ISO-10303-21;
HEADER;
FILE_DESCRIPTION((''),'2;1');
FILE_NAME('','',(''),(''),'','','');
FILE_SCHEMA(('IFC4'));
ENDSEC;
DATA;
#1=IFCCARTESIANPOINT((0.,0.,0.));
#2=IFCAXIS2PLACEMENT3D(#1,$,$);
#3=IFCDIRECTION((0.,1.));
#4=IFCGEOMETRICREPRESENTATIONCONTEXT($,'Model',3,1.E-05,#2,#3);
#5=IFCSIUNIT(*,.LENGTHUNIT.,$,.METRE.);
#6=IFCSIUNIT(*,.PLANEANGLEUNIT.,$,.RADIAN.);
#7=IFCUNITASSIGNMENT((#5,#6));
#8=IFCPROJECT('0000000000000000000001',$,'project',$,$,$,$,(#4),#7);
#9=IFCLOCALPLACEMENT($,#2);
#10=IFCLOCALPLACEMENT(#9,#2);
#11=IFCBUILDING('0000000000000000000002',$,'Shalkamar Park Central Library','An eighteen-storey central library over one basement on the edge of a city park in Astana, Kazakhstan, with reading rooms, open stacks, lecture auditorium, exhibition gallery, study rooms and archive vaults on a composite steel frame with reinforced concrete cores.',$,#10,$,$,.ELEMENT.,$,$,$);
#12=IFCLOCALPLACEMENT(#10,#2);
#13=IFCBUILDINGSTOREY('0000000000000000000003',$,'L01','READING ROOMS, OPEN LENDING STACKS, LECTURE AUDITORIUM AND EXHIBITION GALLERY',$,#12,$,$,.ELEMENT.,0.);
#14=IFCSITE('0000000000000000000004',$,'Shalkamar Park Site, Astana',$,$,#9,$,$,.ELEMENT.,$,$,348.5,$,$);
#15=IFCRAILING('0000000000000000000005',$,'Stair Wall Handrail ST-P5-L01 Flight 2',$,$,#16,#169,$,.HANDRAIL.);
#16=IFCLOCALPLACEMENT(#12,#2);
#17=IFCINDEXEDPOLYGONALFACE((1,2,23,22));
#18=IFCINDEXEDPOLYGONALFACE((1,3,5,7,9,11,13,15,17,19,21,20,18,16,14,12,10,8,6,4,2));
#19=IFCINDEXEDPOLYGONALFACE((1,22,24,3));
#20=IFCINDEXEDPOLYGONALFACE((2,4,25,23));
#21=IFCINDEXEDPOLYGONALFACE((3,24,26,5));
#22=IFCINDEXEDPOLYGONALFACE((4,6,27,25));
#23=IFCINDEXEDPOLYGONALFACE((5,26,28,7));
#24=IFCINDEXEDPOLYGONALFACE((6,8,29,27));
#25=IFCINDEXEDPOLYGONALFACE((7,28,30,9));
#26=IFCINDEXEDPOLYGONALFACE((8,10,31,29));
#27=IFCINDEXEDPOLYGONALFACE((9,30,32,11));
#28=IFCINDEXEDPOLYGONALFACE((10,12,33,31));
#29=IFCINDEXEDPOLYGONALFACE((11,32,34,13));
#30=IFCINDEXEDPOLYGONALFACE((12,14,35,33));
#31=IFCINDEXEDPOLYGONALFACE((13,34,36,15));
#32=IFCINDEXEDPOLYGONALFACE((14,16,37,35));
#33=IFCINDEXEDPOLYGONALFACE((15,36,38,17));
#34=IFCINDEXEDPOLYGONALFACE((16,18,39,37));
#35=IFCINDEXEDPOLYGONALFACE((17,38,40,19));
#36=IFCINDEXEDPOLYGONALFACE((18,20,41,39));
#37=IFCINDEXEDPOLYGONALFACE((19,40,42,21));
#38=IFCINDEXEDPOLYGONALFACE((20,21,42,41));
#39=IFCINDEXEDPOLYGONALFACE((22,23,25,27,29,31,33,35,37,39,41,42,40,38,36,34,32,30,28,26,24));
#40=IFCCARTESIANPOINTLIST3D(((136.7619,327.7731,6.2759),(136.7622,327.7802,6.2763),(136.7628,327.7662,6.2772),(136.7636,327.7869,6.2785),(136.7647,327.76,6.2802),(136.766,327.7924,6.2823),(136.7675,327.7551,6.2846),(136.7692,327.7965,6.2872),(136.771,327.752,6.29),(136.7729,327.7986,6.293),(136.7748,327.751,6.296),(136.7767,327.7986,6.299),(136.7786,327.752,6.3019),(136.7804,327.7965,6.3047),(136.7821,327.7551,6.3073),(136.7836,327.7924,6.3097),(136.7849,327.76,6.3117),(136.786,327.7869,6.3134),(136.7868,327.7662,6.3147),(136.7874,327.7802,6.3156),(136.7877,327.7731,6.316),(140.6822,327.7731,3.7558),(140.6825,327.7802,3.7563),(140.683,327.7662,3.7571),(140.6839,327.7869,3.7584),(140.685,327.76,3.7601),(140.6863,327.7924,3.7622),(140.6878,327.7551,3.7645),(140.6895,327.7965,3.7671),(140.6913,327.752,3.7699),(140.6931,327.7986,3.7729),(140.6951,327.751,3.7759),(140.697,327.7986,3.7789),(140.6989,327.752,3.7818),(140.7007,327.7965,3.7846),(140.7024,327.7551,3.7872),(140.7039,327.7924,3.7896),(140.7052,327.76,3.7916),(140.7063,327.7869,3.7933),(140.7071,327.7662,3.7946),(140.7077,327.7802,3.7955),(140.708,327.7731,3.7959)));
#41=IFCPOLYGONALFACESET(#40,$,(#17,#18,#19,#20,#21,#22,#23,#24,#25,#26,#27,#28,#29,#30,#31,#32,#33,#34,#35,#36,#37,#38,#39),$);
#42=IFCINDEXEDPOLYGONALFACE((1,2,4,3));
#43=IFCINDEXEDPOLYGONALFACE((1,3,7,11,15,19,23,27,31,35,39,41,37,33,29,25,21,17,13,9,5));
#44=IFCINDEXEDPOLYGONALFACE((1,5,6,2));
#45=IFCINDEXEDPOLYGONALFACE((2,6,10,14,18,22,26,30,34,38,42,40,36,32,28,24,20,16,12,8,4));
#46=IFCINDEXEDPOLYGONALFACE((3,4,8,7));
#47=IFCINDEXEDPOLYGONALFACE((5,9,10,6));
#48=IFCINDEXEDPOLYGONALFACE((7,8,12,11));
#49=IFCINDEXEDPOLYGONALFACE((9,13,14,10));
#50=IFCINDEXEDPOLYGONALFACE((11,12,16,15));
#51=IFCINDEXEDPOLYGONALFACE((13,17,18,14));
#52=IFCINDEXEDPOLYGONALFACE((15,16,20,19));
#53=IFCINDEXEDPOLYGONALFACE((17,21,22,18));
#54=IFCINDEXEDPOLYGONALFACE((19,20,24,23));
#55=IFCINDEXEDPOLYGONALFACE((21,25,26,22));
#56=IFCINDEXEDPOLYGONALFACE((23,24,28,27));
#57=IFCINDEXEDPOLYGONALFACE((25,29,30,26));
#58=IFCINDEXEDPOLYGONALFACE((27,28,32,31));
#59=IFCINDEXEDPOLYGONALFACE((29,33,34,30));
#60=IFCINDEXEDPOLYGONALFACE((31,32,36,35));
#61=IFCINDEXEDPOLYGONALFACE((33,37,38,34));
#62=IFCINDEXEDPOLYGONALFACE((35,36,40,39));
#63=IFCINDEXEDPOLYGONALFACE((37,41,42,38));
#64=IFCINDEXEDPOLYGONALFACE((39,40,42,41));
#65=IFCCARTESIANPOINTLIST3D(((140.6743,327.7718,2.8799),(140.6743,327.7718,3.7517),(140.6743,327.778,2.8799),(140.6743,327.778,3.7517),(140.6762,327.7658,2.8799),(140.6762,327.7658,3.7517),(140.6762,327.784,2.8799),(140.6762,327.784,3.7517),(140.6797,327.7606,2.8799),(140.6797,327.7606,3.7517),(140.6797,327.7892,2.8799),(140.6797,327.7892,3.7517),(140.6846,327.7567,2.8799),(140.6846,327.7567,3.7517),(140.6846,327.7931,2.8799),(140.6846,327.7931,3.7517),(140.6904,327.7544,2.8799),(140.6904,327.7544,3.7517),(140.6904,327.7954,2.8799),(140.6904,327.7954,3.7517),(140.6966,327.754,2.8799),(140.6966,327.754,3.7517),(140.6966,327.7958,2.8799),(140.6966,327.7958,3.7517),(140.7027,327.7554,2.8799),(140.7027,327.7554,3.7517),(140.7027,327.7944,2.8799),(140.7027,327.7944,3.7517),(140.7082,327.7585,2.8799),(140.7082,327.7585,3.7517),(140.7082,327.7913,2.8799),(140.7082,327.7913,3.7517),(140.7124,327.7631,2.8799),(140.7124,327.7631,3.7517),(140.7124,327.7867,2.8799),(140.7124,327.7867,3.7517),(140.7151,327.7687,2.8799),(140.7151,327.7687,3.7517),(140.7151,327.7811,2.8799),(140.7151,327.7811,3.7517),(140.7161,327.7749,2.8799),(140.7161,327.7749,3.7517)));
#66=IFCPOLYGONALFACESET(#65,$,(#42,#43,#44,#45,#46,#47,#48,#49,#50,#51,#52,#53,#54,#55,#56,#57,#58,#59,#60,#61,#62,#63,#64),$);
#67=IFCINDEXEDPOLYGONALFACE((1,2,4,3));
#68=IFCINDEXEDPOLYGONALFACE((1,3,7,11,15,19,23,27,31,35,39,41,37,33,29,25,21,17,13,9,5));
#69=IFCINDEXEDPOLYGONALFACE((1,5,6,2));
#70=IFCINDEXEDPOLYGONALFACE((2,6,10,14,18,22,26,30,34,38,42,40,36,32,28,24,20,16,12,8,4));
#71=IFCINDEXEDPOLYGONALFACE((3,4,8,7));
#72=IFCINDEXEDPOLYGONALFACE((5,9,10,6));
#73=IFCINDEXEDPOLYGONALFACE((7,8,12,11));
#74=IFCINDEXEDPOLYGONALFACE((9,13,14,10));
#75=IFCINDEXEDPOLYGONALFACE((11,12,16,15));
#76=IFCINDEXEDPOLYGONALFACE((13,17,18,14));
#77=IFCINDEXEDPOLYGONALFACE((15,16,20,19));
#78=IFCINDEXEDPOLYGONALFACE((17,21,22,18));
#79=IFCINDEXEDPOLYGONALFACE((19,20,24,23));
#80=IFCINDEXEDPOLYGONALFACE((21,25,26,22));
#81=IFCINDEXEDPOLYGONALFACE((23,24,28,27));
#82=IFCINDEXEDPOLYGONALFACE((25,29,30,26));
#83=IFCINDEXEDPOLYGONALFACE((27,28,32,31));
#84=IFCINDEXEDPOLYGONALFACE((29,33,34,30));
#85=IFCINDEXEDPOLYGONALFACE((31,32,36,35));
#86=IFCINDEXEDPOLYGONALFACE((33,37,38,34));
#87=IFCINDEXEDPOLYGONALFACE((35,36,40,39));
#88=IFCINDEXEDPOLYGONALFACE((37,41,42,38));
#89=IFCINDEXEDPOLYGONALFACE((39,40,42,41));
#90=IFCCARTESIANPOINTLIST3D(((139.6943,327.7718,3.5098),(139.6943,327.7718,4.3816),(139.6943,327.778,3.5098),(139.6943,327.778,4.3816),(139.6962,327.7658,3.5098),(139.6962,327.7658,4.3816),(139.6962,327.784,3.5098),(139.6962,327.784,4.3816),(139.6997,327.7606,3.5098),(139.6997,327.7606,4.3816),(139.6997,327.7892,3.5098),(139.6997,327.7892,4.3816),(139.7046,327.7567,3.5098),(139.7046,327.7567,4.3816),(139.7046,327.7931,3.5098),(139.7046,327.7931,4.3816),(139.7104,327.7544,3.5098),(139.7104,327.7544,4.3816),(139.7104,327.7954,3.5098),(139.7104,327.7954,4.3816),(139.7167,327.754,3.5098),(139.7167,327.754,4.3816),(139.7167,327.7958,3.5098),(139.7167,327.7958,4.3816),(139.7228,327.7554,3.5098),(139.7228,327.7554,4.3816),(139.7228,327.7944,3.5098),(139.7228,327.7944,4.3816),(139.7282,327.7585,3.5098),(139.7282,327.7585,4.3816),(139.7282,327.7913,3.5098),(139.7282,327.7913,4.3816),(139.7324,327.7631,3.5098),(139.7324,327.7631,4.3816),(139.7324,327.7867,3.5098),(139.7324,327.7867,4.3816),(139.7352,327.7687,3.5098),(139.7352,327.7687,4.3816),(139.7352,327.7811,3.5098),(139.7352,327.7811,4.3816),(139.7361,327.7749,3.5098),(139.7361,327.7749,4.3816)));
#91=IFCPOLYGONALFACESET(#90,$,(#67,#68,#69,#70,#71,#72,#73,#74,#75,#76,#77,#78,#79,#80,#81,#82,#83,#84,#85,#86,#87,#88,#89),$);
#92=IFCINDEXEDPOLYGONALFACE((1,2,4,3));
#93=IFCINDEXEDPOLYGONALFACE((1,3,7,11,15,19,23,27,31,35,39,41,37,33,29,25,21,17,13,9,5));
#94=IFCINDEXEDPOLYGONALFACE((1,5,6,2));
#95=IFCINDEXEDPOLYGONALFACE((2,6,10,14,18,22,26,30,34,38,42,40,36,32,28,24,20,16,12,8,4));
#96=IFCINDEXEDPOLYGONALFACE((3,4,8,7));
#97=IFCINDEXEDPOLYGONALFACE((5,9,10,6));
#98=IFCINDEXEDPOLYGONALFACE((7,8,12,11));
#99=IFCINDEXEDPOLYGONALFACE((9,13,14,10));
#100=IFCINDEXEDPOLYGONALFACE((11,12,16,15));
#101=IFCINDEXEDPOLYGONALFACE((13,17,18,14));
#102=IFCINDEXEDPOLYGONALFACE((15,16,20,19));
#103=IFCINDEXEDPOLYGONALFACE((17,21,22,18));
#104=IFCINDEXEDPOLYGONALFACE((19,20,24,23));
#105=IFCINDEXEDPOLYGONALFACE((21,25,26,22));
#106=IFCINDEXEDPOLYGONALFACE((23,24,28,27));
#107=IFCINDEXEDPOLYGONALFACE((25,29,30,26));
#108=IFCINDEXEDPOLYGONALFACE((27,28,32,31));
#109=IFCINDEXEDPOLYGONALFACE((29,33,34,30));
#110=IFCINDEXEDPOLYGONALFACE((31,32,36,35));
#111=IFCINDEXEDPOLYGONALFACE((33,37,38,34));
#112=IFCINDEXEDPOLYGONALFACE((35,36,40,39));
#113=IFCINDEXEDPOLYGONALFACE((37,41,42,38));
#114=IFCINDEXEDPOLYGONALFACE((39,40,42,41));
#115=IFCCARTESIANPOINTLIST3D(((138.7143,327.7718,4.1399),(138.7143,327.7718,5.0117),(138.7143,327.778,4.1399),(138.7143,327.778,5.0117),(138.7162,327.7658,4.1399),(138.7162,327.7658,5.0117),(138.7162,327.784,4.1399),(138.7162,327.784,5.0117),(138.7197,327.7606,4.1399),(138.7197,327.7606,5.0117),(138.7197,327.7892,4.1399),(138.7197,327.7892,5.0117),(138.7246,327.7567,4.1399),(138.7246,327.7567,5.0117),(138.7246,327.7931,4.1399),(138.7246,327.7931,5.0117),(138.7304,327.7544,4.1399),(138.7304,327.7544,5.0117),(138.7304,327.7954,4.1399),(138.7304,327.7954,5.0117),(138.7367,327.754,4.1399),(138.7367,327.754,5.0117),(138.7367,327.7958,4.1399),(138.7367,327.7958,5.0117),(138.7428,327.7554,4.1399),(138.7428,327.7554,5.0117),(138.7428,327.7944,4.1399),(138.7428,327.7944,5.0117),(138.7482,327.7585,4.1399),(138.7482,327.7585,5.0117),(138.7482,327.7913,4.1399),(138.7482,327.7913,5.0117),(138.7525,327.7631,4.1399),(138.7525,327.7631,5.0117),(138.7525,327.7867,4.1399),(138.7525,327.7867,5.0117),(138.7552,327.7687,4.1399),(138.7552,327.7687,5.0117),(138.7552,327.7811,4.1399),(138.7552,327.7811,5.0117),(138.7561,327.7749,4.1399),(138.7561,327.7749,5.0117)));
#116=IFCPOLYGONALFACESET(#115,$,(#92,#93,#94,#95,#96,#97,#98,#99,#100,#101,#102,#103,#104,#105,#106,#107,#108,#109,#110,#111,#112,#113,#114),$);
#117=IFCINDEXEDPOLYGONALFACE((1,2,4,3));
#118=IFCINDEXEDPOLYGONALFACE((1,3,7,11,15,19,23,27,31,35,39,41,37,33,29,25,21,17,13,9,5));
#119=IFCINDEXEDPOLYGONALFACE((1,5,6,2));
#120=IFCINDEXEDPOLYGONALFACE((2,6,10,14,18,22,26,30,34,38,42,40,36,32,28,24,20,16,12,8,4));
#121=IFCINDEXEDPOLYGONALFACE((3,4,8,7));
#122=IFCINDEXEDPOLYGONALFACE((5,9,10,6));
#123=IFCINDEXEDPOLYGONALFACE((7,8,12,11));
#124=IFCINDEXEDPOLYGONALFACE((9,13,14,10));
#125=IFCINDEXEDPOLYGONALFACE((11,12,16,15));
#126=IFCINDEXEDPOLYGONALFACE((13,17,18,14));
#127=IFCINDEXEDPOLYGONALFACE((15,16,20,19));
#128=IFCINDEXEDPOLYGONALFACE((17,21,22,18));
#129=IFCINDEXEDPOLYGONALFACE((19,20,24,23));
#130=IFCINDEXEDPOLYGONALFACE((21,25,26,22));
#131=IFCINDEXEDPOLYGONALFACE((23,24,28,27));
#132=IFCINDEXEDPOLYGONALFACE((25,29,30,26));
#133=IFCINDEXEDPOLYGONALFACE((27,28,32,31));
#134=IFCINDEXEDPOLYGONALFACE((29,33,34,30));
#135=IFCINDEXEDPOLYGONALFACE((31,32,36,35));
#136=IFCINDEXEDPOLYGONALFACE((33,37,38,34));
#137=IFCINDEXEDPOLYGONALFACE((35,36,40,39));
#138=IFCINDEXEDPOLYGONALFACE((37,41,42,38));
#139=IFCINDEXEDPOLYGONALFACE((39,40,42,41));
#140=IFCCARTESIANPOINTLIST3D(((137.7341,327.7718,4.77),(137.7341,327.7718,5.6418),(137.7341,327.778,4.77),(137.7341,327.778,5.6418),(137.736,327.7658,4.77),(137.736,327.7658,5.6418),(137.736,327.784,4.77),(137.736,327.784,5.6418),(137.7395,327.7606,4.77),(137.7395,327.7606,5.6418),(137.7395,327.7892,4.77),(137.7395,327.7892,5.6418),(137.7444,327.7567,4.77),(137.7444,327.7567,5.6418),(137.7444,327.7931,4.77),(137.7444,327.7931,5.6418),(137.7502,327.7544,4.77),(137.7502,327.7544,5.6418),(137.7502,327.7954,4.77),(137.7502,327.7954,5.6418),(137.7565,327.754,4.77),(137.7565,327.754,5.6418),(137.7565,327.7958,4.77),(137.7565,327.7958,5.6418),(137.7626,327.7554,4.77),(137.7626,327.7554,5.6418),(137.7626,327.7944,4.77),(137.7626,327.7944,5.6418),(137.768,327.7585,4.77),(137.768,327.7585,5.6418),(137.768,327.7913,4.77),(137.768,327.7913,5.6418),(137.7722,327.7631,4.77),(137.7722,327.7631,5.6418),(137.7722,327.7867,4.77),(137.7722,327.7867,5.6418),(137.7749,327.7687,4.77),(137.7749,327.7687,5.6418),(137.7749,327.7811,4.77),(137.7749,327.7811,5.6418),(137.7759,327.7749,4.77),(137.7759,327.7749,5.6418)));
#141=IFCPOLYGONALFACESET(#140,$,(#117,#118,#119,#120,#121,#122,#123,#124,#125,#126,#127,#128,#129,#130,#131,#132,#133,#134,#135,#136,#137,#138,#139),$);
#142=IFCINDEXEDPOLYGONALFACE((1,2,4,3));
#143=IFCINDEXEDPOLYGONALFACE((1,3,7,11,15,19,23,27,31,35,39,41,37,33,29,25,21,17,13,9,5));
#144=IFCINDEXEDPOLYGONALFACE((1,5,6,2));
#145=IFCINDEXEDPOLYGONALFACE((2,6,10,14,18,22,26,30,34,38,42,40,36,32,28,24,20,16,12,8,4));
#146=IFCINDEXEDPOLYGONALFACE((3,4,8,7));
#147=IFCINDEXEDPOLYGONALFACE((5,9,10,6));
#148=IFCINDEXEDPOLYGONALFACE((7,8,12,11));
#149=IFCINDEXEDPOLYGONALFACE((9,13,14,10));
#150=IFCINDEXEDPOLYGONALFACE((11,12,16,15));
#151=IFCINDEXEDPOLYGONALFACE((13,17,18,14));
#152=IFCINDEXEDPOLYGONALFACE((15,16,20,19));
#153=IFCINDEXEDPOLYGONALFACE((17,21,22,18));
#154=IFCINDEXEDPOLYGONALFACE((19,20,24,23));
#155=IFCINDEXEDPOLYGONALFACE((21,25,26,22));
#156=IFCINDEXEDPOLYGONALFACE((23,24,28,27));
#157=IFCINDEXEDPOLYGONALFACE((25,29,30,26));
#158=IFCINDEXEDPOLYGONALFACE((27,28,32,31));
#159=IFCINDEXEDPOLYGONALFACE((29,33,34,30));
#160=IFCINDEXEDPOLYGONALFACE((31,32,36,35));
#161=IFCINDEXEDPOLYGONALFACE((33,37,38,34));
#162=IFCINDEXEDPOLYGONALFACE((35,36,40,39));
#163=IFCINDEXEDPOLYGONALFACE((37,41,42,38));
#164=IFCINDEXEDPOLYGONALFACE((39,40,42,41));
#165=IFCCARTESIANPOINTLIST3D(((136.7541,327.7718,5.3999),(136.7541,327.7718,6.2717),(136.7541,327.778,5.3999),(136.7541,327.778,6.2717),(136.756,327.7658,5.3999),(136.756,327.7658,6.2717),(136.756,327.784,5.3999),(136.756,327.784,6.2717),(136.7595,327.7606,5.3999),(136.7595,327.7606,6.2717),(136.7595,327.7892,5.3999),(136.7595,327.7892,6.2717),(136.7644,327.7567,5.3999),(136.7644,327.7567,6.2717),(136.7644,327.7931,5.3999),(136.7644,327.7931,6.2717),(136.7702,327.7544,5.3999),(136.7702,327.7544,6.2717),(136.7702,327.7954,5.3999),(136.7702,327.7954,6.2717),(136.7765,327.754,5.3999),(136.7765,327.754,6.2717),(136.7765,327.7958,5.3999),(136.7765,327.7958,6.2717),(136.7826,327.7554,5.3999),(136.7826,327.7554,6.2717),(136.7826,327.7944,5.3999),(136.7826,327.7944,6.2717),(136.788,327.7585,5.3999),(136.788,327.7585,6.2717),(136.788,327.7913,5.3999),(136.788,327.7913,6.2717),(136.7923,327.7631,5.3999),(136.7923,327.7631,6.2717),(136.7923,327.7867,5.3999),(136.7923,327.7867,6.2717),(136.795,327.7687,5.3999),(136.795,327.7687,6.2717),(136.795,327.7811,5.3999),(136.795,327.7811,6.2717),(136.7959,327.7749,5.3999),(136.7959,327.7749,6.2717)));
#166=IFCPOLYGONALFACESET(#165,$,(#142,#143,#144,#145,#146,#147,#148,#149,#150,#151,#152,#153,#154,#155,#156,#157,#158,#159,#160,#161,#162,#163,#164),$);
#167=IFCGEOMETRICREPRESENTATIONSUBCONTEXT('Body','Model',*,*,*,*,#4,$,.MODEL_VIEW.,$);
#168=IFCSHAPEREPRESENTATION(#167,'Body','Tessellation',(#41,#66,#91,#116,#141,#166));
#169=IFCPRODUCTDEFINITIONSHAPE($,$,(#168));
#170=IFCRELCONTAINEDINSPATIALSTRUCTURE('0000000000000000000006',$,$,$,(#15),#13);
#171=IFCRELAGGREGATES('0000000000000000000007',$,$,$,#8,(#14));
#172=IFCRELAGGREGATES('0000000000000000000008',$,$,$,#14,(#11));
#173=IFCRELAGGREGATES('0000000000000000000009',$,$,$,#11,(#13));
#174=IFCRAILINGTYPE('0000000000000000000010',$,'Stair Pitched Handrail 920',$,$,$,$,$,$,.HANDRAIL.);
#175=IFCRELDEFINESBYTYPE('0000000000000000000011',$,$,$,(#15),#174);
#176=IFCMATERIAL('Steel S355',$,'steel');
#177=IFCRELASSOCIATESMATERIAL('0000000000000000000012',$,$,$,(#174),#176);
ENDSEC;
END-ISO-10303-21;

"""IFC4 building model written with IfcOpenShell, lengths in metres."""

from ifc_helpers import new_model, si_unit, direction, frame, origin, origin_2d, place, context, subcontext, project, spatial, circle, extrude, material, type_object, element, save


model = new_model("IFC4")

# Units and contexts
model_context = context("Model", 3, precision=1e-05, world=origin(), true_north=direction((0.0, 1.0)))
body_context = subcontext(model_context, "Body", "Model", "MODEL_VIEW")
ifc_project = project(units=[si_unit("LENGTHUNIT", "METRE"), si_unit("PLANEANGLEUNIT", "RADIAN")], contexts=[model_context])

# Site, building, storey
site_placement = place(None, origin())
site = spatial("IfcSite", under=ifc_project, at=site_placement, Name="Shalkamar Park Site, Astana", CompositionType="ELEMENT", RefElevation=348.5)
building_placement = place(site_placement, origin())
building = spatial("IfcBuilding", under=site, at=building_placement, Name="Shalkamar Park Central Library", Description="An eighteen-storey central library over one basement on the edge of a city park in Astana, Kazakhstan, with reading rooms, open stacks, lecture auditorium, exhibition gallery, study rooms and archive vaults on a composite steel frame with reinforced concrete cores.", CompositionType="ELEMENT")
storey_placement = place(building_placement, origin())
storey = spatial("IfcBuildingStorey", under=building, at=storey_placement, Name="L01", Description="READING ROOMS, OPEN LENDING STACKS, LECTURE AUDITORIUM AND EXHIBITION GALLERY", CompositionType="ELEMENT", Elevation=0.0)

# Shared definitions
ifc_material_1 = material(Name="Steel S355", Category="steel")

# Railing
railing_type_1 = type_object("IfcRailingType", Name="Stair Pitched Handrail 920", PredefinedType="HANDRAIL", material=ifc_material_1)
railing_1_placement = place(storey_placement, frame((140.6951, 327.7749, 2.8799)))
element("IfcRailing", 1, at=railing_1_placement, inside=storey, type_object=railing_type_1, Name="Stair Wall Handrail ST-P5-L01 Flight 2", PredefinedType="HANDRAIL", context=body_context, shape_type="SweptSolid", body=[
    extrude(circle(Radius=0.0239, at=origin_2d()), frame((0.0, 0.0, 0.896), z_axis=(-0.841187, 0.0, 0.540744), x_axis=(0.0, -1.0, 0.0)), (0.0, 0.0, 1.0), 4.6604),
    extrude(circle(Radius=0.021, at=origin_2d()), origin(), (0.0, 0.0, 1.0), 0.8718),
    extrude(circle(Radius=0.021, at=origin_2d()), frame((-0.98, 0.0, 0.6299)), (0.0, 0.0, 1.0), 0.8718),
    extrude(circle(Radius=0.021, at=origin_2d()), frame((-1.96, 0.0, 1.26)), (0.0, 0.0, 1.0), 0.8718),
    extrude(circle(Radius=0.021, at=origin_2d()), frame((-2.9402, 0.0, 1.8901)), (0.0, 0.0, 1.0), 0.8718),
    extrude(circle(Radius=0.021, at=origin_2d()), frame((-3.9202, 0.0, 2.52)), (0.0, 0.0, 1.0), 0.8718),
])

save(model, "model.ifc")
